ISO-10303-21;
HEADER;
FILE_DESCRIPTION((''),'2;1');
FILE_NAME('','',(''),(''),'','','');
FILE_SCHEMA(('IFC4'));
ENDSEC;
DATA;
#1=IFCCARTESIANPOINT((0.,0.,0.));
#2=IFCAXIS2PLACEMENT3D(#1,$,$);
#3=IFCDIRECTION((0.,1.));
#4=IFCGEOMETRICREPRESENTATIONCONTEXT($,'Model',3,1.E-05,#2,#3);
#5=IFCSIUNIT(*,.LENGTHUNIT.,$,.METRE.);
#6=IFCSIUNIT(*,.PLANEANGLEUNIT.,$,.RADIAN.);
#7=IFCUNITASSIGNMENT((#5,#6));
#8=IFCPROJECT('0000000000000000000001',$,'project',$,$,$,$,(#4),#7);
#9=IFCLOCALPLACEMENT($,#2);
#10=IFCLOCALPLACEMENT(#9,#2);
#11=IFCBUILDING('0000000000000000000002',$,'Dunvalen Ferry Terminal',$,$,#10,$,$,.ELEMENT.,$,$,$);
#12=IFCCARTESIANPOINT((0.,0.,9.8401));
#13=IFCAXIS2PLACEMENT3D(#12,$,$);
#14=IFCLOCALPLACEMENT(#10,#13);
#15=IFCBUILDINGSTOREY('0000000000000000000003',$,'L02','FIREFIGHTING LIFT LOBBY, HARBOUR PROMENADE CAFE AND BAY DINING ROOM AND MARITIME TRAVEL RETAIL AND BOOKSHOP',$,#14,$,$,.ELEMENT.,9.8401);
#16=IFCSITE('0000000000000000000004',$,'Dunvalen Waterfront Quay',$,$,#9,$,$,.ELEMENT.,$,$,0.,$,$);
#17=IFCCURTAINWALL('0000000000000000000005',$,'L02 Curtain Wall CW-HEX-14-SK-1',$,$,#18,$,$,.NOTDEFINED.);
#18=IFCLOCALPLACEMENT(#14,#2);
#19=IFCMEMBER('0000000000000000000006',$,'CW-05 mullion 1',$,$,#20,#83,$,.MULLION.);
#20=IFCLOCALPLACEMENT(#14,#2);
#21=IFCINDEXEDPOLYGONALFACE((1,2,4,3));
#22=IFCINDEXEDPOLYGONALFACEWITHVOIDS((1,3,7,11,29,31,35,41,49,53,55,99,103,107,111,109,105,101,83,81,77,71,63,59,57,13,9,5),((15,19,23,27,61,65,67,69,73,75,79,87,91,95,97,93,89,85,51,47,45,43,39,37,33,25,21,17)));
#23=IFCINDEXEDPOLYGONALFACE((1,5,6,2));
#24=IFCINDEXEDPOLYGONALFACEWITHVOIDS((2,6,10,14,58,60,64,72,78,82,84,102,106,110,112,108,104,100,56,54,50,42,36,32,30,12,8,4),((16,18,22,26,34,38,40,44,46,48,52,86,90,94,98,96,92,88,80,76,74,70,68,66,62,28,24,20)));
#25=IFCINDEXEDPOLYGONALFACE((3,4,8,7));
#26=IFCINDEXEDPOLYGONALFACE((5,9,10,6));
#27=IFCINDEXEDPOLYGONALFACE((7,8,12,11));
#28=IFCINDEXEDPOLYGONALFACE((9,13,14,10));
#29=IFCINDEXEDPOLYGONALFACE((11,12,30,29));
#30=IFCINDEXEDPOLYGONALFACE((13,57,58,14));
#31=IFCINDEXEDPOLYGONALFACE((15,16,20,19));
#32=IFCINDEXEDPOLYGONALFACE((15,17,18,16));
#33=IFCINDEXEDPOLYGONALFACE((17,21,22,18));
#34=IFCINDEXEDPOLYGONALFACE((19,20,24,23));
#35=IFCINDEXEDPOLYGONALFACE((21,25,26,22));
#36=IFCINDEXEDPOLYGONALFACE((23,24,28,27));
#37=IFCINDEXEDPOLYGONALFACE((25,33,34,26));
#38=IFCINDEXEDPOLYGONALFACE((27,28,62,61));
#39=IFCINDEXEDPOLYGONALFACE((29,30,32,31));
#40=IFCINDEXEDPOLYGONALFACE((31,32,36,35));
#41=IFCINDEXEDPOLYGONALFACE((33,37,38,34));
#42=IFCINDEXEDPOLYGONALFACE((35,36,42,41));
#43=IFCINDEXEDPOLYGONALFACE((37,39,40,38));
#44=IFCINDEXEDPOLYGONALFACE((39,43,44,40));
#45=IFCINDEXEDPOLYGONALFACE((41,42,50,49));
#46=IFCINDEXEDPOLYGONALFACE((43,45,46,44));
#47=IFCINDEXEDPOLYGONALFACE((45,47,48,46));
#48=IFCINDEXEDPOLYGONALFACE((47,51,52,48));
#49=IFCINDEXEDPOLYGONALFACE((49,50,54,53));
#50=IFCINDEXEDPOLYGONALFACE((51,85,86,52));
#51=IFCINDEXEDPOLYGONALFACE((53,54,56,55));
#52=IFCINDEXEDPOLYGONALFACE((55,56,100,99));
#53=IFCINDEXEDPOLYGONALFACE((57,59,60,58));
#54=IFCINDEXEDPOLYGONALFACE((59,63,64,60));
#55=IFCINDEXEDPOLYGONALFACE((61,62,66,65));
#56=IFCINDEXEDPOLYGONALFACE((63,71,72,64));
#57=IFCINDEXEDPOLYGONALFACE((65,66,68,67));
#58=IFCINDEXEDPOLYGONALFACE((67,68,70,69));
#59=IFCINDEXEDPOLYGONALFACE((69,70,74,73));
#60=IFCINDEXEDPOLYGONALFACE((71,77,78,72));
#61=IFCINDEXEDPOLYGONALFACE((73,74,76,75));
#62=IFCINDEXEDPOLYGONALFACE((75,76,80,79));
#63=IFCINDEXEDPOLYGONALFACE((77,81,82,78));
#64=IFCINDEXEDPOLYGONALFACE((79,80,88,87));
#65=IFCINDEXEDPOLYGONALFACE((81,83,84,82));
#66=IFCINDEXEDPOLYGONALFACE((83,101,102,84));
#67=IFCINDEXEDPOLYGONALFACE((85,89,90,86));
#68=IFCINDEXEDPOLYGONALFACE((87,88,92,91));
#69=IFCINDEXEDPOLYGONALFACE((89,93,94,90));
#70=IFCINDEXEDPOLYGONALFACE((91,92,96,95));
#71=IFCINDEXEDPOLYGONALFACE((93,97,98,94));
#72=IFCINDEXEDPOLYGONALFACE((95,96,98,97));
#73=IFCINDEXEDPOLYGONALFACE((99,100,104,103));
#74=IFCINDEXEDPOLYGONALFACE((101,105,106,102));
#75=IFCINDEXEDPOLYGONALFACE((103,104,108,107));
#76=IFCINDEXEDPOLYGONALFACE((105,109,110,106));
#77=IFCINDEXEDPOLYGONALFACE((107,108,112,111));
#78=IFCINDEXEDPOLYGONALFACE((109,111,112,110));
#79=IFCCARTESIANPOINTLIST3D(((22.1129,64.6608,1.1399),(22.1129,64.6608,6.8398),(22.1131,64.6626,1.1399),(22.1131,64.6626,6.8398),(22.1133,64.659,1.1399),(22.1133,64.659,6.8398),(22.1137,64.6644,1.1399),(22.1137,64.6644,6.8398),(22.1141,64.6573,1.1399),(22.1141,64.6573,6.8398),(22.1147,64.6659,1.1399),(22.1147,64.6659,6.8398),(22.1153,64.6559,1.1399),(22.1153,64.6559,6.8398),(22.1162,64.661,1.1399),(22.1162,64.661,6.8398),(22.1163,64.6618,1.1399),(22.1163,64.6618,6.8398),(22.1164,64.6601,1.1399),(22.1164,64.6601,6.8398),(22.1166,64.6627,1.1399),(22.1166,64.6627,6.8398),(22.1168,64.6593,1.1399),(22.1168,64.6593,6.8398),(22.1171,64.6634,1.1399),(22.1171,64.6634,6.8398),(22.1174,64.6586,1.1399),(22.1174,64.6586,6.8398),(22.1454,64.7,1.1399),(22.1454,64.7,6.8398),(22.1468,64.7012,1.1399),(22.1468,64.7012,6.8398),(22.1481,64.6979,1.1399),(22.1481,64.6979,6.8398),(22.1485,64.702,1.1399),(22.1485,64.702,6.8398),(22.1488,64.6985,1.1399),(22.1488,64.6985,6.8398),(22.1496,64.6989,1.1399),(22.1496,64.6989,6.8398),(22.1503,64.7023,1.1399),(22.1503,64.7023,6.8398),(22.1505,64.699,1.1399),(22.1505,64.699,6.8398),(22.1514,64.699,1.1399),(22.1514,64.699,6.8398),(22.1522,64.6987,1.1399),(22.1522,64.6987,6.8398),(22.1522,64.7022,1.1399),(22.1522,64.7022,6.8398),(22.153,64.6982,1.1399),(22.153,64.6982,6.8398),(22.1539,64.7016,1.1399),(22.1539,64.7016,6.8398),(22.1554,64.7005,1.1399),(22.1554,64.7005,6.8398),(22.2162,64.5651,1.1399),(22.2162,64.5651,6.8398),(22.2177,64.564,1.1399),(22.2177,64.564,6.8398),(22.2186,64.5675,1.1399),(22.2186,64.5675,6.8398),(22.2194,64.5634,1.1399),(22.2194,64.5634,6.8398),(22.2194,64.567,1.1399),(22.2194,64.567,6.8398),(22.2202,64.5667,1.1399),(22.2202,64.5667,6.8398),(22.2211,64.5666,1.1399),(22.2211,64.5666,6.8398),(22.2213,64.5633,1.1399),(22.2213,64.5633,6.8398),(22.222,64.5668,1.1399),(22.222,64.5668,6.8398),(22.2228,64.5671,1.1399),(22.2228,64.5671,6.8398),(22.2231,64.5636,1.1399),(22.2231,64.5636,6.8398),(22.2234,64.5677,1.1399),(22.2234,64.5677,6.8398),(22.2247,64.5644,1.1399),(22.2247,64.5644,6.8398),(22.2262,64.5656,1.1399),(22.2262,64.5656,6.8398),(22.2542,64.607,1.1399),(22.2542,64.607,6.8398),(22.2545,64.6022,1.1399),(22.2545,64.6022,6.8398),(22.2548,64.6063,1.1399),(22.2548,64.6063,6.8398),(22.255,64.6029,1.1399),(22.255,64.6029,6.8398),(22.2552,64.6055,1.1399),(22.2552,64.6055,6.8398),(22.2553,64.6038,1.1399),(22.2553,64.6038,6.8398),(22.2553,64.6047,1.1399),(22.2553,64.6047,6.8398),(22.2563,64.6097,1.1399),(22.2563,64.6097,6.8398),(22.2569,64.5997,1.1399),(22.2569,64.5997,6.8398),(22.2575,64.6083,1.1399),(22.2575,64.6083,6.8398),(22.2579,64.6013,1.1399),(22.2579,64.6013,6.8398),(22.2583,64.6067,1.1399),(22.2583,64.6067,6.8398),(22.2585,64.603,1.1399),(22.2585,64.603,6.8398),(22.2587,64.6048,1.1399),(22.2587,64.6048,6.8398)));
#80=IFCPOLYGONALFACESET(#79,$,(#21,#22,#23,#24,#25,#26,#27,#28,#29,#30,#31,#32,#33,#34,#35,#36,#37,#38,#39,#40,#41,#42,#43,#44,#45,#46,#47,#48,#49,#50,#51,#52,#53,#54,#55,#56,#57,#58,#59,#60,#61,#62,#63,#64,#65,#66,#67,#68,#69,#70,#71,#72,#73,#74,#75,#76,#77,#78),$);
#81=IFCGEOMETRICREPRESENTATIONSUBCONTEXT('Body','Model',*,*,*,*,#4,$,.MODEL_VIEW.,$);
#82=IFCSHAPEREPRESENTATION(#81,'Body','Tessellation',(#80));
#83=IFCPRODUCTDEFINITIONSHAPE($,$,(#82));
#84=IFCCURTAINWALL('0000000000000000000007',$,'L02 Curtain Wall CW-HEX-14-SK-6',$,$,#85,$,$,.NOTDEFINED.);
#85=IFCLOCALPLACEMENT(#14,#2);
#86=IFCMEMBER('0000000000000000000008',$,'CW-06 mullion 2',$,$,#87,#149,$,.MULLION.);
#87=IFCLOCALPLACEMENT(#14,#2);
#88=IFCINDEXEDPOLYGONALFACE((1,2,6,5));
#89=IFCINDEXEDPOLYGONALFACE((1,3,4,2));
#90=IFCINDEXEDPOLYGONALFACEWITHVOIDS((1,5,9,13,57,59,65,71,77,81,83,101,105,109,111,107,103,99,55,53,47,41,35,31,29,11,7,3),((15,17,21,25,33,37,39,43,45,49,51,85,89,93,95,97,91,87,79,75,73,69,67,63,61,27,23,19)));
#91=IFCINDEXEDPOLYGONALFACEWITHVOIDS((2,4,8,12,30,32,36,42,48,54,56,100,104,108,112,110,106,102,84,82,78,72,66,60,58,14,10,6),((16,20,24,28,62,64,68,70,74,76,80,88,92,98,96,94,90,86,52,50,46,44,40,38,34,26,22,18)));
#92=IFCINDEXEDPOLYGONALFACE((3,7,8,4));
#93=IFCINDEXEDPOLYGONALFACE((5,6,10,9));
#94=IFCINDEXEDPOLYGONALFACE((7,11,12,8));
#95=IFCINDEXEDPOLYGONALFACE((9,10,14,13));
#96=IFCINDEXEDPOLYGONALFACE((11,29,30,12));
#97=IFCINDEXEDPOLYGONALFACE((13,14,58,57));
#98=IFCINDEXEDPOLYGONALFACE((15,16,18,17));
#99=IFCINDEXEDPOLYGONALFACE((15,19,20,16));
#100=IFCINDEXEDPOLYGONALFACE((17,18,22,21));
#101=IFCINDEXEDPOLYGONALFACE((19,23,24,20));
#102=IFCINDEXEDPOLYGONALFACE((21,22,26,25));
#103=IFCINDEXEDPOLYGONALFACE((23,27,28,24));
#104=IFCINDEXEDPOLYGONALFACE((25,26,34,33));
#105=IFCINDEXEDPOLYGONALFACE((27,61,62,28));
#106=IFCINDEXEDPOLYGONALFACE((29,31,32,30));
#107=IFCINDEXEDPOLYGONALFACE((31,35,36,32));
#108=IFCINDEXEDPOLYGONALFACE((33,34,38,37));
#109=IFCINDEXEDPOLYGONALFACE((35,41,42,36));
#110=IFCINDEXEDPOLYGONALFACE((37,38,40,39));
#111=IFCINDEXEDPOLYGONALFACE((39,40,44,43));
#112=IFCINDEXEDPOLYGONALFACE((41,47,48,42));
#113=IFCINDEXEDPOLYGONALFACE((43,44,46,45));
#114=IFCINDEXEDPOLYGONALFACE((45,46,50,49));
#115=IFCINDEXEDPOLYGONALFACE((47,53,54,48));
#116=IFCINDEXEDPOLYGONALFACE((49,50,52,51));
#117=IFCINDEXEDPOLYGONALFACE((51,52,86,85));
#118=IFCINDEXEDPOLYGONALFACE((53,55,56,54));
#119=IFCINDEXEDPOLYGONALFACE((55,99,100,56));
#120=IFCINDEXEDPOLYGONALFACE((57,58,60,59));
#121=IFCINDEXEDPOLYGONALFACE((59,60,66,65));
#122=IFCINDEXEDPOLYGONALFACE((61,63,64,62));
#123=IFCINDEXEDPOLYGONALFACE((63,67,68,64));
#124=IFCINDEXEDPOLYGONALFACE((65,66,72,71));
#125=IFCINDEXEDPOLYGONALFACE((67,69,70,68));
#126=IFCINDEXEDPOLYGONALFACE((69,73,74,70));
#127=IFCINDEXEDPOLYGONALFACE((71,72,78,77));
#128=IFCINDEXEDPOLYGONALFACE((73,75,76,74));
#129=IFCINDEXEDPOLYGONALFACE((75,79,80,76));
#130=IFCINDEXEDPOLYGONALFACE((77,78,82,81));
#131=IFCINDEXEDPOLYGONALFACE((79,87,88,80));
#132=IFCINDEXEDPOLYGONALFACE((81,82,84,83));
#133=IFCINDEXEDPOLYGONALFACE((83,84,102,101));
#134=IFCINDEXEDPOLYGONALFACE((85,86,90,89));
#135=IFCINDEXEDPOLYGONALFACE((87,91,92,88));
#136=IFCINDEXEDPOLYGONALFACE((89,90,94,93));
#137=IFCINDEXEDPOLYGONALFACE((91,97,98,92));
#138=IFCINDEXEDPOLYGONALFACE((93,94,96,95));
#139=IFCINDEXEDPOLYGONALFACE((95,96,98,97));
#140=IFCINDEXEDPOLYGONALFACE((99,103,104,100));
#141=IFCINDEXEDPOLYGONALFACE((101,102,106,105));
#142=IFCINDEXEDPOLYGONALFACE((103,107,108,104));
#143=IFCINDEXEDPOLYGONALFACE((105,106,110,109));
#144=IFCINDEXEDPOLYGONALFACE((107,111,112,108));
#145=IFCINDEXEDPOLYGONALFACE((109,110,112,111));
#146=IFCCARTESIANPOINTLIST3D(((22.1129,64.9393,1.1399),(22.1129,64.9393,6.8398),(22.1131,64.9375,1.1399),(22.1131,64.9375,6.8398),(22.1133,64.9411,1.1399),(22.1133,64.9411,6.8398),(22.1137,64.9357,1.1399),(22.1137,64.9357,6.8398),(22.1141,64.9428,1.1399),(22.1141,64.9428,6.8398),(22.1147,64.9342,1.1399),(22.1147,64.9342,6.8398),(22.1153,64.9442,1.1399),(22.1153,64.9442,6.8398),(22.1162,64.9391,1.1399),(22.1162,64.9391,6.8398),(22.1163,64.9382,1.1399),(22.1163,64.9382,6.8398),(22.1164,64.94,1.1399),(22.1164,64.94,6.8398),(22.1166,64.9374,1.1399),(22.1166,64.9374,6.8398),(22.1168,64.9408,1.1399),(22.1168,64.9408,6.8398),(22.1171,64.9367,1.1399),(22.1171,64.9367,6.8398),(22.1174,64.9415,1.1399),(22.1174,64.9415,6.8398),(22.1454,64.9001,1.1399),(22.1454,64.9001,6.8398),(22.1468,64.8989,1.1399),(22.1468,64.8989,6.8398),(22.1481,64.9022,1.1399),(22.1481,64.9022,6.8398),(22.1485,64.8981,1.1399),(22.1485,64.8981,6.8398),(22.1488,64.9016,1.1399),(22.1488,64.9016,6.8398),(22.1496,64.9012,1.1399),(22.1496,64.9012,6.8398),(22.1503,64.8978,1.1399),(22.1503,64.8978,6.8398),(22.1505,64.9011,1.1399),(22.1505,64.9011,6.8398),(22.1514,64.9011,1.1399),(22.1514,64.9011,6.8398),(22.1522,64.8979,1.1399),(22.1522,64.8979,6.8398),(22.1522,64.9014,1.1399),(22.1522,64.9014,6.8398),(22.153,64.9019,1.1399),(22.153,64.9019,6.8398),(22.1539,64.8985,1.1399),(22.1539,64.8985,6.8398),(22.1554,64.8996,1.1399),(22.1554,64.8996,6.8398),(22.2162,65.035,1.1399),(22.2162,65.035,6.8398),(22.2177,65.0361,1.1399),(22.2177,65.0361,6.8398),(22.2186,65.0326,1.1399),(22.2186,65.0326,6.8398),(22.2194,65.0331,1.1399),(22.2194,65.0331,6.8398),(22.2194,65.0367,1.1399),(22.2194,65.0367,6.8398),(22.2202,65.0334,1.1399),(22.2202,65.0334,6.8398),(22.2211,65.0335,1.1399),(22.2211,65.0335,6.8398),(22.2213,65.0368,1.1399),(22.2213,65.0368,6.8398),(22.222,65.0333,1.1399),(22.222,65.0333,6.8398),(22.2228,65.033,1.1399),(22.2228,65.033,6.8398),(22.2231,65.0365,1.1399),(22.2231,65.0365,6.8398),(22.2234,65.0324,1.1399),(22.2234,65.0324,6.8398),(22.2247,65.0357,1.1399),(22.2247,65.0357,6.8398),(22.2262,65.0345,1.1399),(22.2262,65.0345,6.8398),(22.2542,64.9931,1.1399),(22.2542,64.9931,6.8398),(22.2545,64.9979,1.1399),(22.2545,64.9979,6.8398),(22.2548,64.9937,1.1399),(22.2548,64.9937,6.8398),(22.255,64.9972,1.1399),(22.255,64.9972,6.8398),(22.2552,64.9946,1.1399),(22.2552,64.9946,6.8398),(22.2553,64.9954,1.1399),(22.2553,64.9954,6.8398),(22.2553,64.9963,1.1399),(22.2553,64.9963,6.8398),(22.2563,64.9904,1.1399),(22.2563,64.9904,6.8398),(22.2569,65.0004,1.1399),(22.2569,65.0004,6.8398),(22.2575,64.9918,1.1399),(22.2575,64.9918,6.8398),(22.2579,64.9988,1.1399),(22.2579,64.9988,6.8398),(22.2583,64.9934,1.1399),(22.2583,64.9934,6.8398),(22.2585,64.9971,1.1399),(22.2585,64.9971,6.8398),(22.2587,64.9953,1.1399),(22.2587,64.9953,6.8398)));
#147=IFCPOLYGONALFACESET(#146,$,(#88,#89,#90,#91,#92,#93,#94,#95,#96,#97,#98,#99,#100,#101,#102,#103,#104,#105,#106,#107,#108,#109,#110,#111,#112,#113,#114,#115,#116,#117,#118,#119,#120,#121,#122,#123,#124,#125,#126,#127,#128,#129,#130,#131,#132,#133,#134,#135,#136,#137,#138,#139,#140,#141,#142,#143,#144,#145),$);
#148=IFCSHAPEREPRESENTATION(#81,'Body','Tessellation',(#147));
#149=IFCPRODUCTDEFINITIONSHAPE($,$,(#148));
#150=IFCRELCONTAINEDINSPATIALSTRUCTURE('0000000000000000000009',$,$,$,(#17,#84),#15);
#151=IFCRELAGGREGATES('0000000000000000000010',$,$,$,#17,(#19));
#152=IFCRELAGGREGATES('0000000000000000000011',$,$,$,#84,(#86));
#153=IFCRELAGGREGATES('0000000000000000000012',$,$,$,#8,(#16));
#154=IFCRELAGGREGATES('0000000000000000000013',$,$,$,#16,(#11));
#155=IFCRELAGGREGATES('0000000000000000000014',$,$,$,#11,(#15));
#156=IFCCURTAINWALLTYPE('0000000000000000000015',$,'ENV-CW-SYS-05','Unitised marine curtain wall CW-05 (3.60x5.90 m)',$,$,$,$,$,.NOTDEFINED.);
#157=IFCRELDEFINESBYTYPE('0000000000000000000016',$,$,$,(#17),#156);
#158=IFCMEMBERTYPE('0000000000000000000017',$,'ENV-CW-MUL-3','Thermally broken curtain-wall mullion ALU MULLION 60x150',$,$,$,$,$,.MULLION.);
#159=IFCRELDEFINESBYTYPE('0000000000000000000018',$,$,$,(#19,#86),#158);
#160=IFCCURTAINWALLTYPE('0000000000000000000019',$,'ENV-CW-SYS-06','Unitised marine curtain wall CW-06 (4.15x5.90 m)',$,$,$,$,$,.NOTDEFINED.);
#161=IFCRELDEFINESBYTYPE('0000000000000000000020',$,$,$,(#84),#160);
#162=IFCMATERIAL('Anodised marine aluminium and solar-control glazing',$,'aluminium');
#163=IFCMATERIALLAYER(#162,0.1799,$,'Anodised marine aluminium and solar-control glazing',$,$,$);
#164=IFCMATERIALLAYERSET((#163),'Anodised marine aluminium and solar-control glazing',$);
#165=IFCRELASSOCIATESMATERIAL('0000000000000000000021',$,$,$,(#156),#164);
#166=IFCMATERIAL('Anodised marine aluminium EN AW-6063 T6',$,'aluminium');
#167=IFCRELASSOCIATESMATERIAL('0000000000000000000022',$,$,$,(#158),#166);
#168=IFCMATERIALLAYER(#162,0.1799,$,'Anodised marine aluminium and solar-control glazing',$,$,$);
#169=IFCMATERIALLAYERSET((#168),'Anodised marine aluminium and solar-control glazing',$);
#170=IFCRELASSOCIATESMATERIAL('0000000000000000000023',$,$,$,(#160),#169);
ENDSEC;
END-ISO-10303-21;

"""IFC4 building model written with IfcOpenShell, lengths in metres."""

from ifc_helpers import new_model, si_unit, direction, frame, origin, origin_2d, place, context, subcontext, project, spatial, hollow_rectangle, extrude, material, layer, layer_set, material_profile, profile_set, type_object, element, aggregate, save


model = new_model("IFC4")

# Units and contexts
model_context = context("Model", 3, precision=1e-05, world=origin(), true_north=direction((0.0, 1.0)))
body_context = subcontext(model_context, "Body", "Model", "MODEL_VIEW")
ifc_project = project(units=[si_unit("LENGTHUNIT", "METRE"), si_unit("PLANEANGLEUNIT", "RADIAN")], contexts=[model_context])

# Site, building, storey
site_placement = place(None, origin())
site = spatial("IfcSite", under=ifc_project, at=site_placement, Name="Dunvalen Waterfront Quay", CompositionType="ELEMENT", RefElevation=0.0)
building_placement = place(site_placement, origin())
building = spatial("IfcBuilding", under=site, at=building_placement, Name="Dunvalen Ferry Terminal", CompositionType="ELEMENT")
storey_placement = place(building_placement, frame((0.0, 0.0, 9.8401)))
storey = spatial("IfcBuildingStorey", under=building, at=storey_placement, Name="L02", Description="FIREFIGHTING LIFT LOBBY, HARBOUR PROMENADE CAFE AND BAY DINING ROOM AND MARITIME TRAVEL RETAIL AND BOOKSHOP", CompositionType="ELEMENT", Elevation=9.8401)

# Curtain walls, members
ifc_material_1 = material(Name="Anodised marine aluminium and solar-control glazing", Category="aluminium")
ifc_layer_1 = layer(ifc_material_1, 0.1799, Name="Anodised marine aluminium and solar-control glazing")
ifc_layer_set_1 = layer_set([ifc_layer_1], Name="Anodised marine aluminium and solar-control glazing")
curtain_wall_type_1 = type_object("IfcCurtainWallType", Name="ENV-CW-SYS-05", Description="Unitised marine curtain wall CW-05 (3.60x5.90 m)", PredefinedType="NOTDEFINED", material=ifc_layer_set_1)
curtain_wall_1_placement = place(storey_placement, origin())
curtain_wall_1 = element("IfcCurtainWall", 1, at=curtain_wall_1_placement, inside=storey, type_object=curtain_wall_type_1, Name="L02 Curtain Wall CW-HEX-14-SK-1", PredefinedType="NOTDEFINED")
ifc_material_2 = material(Name="Anodised marine aluminium EN AW-6063 T6", Category="aluminium")
ifc_material_profile_1 = material_profile(ifc_material_2, hollow_rectangle(XDim=0.0601, YDim=0.1499, WallThickness=0.0034, InnerFilletRadius=0.0034, OuterFilletRadius=0.0071, at=origin_2d()), Name="Anodised marine aluminium EN AW-6063 T6")
ifc_profile_set_1 = profile_set([ifc_material_profile_1], Name="Anodised marine aluminium EN AW-6063 T6")
member_type_1 = type_object("IfcMemberType", Name="ENV-CW-MUL-3", Description="Thermally broken curtain-wall mullion ALU MULLION 60x150", PredefinedType="MULLION", material=ifc_profile_set_1)
member_1_placement = place(storey_placement, frame((22.1858, 64.6328, 1.1399), z_axis=(0.0, 0.0, 1.0), x_axis=(0.668954, 0.743304, 0.0)))
member_1 = element("IfcMember", 2, at=member_1_placement, type_object=member_type_1, Name="CW-05 mullion 1", PredefinedType="MULLION", context=body_context, shape_type="SweptSolid", body=[
    extrude(hollow_rectangle(XDim=0.0601, YDim=0.1499, WallThickness=0.0034, InnerFilletRadius=0.0034, OuterFilletRadius=0.0071, at=origin_2d()), origin(), (0.0, 0.0, 1.0), 5.7),
])
ifc_layer_2 = layer(ifc_material_1, 0.1799, Name="Anodised marine aluminium and solar-control glazing")
ifc_layer_set_2 = layer_set([ifc_layer_2], Name="Anodised marine aluminium and solar-control glazing")
curtain_wall_type_2 = type_object("IfcCurtainWallType", Name="ENV-CW-SYS-06", Description="Unitised marine curtain wall CW-06 (4.15x5.90 m)", PredefinedType="NOTDEFINED", material=ifc_layer_set_2)
curtain_wall_2_placement = place(storey_placement, origin())
curtain_wall_2 = element("IfcCurtainWall", 3, at=curtain_wall_2_placement, inside=storey, type_object=curtain_wall_type_2, Name="L02 Curtain Wall CW-HEX-14-SK-6", PredefinedType="NOTDEFINED")
member_2_placement = place(storey_placement, frame((22.1858, 64.9673, 1.1399), z_axis=(0.0, 0.0, 1.0), x_axis=(0.668954, -0.743304, 0.0)))
member_2 = element("IfcMember", 4, at=member_2_placement, type_object=member_type_1, Name="CW-06 mullion 2", PredefinedType="MULLION", context=body_context, shape_type="SweptSolid", body=[
    extrude(hollow_rectangle(XDim=0.0601, YDim=0.1499, WallThickness=0.0034, InnerFilletRadius=0.0034, OuterFilletRadius=0.0071, at=origin_2d()), origin(), (0.0, 0.0, 1.0), 5.7),
])

aggregate(curtain_wall_1, [member_1])

aggregate(curtain_wall_2, [member_2])

save(model, "model.ifc")
